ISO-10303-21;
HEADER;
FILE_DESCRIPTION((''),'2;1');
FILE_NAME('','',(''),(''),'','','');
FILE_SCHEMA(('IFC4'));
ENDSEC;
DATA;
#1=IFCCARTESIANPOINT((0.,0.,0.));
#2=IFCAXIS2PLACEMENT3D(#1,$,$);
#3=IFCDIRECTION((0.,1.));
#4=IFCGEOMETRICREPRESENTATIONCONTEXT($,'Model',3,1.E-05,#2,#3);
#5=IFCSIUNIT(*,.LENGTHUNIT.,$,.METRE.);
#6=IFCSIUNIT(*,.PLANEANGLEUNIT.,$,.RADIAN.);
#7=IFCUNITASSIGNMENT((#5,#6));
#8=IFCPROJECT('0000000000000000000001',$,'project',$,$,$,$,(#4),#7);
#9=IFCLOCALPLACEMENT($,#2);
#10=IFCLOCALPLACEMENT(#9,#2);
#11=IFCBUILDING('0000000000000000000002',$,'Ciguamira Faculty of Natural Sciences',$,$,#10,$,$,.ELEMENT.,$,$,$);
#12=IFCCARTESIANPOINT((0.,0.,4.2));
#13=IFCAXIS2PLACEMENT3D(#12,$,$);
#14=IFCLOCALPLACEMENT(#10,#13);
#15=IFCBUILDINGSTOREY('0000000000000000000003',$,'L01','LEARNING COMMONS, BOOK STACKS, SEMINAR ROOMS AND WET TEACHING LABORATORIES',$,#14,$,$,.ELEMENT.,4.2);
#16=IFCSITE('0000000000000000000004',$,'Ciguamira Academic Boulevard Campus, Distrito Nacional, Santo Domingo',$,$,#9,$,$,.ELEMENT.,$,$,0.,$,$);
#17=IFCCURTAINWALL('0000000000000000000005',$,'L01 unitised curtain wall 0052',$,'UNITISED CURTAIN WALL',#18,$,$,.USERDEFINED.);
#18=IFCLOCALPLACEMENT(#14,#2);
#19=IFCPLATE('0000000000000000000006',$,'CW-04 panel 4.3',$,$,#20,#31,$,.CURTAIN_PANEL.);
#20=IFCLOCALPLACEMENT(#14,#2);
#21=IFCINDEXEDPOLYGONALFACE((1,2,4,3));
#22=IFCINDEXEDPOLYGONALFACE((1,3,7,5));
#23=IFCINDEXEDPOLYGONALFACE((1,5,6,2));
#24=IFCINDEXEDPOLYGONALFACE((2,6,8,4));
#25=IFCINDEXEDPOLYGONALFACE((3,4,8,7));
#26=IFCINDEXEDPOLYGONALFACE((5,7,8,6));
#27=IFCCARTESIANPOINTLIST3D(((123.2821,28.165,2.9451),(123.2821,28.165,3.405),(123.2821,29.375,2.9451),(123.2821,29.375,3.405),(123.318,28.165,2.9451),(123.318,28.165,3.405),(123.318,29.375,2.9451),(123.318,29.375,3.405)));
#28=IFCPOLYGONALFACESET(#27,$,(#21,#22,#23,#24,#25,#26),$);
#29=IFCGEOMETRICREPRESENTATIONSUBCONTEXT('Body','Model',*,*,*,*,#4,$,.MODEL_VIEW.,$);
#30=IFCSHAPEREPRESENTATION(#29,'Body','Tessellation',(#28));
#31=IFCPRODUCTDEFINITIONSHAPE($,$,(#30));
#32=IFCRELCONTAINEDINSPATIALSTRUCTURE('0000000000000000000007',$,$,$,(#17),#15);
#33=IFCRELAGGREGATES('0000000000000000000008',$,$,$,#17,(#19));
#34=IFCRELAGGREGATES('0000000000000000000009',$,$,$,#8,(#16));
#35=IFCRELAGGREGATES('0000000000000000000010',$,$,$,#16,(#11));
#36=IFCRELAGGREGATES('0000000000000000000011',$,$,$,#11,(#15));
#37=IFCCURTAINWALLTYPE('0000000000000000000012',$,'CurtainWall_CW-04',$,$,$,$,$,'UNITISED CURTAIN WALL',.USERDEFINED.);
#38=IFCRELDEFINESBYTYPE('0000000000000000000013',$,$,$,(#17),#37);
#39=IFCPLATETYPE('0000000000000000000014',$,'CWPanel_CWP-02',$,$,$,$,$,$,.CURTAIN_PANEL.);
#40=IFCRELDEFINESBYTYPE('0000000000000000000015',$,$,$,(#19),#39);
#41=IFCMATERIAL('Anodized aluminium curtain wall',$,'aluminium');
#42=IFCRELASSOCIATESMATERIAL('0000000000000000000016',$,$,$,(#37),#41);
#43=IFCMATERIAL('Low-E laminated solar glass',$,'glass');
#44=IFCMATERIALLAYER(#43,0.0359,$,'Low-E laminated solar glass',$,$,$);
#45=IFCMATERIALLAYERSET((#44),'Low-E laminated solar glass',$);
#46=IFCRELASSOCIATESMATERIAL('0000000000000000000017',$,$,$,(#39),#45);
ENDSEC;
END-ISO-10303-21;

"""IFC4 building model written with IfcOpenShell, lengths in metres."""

from ifc_helpers import new_model, si_unit, direction, frame, origin, origin_2d, place, context, subcontext, project, spatial, rectangle, extrude, material, layer, layer_set, type_object, element, aggregate, save


model = new_model("IFC4")

# Units and contexts
model_context = context("Model", 3, precision=1e-05, world=origin(), true_north=direction((0.0, 1.0)))
body_context = subcontext(model_context, "Body", "Model", "MODEL_VIEW")
ifc_project = project(units=[si_unit("LENGTHUNIT", "METRE"), si_unit("PLANEANGLEUNIT", "RADIAN")], contexts=[model_context])

# Site, building, storey
site_placement = place(None, origin())
site = spatial("IfcSite", under=ifc_project, at=site_placement, Name="Ciguamira Academic Boulevard Campus, Distrito Nacional, Santo Domingo", CompositionType="ELEMENT", RefElevation=0.0)
building_placement = place(site_placement, origin())
building = spatial("IfcBuilding", under=site, at=building_placement, Name="Ciguamira Faculty of Natural Sciences", CompositionType="ELEMENT")
storey_placement = place(building_placement, frame((0.0, 0.0, 4.2)))
storey = spatial("IfcBuildingStorey", under=building, at=storey_placement, Name="L01", Description="LEARNING COMMONS, BOOK STACKS, SEMINAR ROOMS AND WET TEACHING LABORATORIES", CompositionType="ELEMENT", Elevation=4.2)

# Shared definitions
ifc_material_1 = material(Name="Anodized aluminium curtain wall", Category="aluminium")

# Curtain wall
curtain_wall_type_1 = type_object("IfcCurtainWallType", Name="CurtainWall_CW-04", ElementType="UNITISED CURTAIN WALL", PredefinedType="USERDEFINED", material=ifc_material_1)
curtain_wall_1_placement = place(storey_placement, origin())
curtain_wall_1 = element("IfcCurtainWall", 1, at=curtain_wall_1_placement, inside=storey, type_object=curtain_wall_type_1, Name="L01 unitised curtain wall 0052", ObjectType="UNITISED CURTAIN WALL", PredefinedType="USERDEFINED")

# Plate
ifc_material_2 = material(Name="Low-E laminated solar glass", Category="glass")
ifc_layer = layer(ifc_material_2, 0.0359, Name="Low-E laminated solar glass")
ifc_layer_set = layer_set([ifc_layer], Name="Low-E laminated solar glass")
plate_type = type_object("IfcPlateType", Name="CWPanel_CWP-02", PredefinedType="CURTAIN_PANEL", material=ifc_layer_set)
plate_1_placement = place(storey_placement, frame((123.3, 28.77, 2.9451), z_axis=(0.0, 0.0, 1.0), x_axis=(0.0, 1.0, 0.0)))
plate_1 = element("IfcPlate", 2, at=plate_1_placement, type_object=plate_type, Name="CW-04 panel 4.3", PredefinedType="CURTAIN_PANEL", context=body_context, shape_type="SweptSolid", body=[
    extrude(rectangle(XDim=1.21, YDim=0.0359, at=origin_2d()), origin(), (0.0, 0.0, 1.0), 0.46),
])
aggregate(curtain_wall_1, [plate_1])

save(model, "model.ifc")
